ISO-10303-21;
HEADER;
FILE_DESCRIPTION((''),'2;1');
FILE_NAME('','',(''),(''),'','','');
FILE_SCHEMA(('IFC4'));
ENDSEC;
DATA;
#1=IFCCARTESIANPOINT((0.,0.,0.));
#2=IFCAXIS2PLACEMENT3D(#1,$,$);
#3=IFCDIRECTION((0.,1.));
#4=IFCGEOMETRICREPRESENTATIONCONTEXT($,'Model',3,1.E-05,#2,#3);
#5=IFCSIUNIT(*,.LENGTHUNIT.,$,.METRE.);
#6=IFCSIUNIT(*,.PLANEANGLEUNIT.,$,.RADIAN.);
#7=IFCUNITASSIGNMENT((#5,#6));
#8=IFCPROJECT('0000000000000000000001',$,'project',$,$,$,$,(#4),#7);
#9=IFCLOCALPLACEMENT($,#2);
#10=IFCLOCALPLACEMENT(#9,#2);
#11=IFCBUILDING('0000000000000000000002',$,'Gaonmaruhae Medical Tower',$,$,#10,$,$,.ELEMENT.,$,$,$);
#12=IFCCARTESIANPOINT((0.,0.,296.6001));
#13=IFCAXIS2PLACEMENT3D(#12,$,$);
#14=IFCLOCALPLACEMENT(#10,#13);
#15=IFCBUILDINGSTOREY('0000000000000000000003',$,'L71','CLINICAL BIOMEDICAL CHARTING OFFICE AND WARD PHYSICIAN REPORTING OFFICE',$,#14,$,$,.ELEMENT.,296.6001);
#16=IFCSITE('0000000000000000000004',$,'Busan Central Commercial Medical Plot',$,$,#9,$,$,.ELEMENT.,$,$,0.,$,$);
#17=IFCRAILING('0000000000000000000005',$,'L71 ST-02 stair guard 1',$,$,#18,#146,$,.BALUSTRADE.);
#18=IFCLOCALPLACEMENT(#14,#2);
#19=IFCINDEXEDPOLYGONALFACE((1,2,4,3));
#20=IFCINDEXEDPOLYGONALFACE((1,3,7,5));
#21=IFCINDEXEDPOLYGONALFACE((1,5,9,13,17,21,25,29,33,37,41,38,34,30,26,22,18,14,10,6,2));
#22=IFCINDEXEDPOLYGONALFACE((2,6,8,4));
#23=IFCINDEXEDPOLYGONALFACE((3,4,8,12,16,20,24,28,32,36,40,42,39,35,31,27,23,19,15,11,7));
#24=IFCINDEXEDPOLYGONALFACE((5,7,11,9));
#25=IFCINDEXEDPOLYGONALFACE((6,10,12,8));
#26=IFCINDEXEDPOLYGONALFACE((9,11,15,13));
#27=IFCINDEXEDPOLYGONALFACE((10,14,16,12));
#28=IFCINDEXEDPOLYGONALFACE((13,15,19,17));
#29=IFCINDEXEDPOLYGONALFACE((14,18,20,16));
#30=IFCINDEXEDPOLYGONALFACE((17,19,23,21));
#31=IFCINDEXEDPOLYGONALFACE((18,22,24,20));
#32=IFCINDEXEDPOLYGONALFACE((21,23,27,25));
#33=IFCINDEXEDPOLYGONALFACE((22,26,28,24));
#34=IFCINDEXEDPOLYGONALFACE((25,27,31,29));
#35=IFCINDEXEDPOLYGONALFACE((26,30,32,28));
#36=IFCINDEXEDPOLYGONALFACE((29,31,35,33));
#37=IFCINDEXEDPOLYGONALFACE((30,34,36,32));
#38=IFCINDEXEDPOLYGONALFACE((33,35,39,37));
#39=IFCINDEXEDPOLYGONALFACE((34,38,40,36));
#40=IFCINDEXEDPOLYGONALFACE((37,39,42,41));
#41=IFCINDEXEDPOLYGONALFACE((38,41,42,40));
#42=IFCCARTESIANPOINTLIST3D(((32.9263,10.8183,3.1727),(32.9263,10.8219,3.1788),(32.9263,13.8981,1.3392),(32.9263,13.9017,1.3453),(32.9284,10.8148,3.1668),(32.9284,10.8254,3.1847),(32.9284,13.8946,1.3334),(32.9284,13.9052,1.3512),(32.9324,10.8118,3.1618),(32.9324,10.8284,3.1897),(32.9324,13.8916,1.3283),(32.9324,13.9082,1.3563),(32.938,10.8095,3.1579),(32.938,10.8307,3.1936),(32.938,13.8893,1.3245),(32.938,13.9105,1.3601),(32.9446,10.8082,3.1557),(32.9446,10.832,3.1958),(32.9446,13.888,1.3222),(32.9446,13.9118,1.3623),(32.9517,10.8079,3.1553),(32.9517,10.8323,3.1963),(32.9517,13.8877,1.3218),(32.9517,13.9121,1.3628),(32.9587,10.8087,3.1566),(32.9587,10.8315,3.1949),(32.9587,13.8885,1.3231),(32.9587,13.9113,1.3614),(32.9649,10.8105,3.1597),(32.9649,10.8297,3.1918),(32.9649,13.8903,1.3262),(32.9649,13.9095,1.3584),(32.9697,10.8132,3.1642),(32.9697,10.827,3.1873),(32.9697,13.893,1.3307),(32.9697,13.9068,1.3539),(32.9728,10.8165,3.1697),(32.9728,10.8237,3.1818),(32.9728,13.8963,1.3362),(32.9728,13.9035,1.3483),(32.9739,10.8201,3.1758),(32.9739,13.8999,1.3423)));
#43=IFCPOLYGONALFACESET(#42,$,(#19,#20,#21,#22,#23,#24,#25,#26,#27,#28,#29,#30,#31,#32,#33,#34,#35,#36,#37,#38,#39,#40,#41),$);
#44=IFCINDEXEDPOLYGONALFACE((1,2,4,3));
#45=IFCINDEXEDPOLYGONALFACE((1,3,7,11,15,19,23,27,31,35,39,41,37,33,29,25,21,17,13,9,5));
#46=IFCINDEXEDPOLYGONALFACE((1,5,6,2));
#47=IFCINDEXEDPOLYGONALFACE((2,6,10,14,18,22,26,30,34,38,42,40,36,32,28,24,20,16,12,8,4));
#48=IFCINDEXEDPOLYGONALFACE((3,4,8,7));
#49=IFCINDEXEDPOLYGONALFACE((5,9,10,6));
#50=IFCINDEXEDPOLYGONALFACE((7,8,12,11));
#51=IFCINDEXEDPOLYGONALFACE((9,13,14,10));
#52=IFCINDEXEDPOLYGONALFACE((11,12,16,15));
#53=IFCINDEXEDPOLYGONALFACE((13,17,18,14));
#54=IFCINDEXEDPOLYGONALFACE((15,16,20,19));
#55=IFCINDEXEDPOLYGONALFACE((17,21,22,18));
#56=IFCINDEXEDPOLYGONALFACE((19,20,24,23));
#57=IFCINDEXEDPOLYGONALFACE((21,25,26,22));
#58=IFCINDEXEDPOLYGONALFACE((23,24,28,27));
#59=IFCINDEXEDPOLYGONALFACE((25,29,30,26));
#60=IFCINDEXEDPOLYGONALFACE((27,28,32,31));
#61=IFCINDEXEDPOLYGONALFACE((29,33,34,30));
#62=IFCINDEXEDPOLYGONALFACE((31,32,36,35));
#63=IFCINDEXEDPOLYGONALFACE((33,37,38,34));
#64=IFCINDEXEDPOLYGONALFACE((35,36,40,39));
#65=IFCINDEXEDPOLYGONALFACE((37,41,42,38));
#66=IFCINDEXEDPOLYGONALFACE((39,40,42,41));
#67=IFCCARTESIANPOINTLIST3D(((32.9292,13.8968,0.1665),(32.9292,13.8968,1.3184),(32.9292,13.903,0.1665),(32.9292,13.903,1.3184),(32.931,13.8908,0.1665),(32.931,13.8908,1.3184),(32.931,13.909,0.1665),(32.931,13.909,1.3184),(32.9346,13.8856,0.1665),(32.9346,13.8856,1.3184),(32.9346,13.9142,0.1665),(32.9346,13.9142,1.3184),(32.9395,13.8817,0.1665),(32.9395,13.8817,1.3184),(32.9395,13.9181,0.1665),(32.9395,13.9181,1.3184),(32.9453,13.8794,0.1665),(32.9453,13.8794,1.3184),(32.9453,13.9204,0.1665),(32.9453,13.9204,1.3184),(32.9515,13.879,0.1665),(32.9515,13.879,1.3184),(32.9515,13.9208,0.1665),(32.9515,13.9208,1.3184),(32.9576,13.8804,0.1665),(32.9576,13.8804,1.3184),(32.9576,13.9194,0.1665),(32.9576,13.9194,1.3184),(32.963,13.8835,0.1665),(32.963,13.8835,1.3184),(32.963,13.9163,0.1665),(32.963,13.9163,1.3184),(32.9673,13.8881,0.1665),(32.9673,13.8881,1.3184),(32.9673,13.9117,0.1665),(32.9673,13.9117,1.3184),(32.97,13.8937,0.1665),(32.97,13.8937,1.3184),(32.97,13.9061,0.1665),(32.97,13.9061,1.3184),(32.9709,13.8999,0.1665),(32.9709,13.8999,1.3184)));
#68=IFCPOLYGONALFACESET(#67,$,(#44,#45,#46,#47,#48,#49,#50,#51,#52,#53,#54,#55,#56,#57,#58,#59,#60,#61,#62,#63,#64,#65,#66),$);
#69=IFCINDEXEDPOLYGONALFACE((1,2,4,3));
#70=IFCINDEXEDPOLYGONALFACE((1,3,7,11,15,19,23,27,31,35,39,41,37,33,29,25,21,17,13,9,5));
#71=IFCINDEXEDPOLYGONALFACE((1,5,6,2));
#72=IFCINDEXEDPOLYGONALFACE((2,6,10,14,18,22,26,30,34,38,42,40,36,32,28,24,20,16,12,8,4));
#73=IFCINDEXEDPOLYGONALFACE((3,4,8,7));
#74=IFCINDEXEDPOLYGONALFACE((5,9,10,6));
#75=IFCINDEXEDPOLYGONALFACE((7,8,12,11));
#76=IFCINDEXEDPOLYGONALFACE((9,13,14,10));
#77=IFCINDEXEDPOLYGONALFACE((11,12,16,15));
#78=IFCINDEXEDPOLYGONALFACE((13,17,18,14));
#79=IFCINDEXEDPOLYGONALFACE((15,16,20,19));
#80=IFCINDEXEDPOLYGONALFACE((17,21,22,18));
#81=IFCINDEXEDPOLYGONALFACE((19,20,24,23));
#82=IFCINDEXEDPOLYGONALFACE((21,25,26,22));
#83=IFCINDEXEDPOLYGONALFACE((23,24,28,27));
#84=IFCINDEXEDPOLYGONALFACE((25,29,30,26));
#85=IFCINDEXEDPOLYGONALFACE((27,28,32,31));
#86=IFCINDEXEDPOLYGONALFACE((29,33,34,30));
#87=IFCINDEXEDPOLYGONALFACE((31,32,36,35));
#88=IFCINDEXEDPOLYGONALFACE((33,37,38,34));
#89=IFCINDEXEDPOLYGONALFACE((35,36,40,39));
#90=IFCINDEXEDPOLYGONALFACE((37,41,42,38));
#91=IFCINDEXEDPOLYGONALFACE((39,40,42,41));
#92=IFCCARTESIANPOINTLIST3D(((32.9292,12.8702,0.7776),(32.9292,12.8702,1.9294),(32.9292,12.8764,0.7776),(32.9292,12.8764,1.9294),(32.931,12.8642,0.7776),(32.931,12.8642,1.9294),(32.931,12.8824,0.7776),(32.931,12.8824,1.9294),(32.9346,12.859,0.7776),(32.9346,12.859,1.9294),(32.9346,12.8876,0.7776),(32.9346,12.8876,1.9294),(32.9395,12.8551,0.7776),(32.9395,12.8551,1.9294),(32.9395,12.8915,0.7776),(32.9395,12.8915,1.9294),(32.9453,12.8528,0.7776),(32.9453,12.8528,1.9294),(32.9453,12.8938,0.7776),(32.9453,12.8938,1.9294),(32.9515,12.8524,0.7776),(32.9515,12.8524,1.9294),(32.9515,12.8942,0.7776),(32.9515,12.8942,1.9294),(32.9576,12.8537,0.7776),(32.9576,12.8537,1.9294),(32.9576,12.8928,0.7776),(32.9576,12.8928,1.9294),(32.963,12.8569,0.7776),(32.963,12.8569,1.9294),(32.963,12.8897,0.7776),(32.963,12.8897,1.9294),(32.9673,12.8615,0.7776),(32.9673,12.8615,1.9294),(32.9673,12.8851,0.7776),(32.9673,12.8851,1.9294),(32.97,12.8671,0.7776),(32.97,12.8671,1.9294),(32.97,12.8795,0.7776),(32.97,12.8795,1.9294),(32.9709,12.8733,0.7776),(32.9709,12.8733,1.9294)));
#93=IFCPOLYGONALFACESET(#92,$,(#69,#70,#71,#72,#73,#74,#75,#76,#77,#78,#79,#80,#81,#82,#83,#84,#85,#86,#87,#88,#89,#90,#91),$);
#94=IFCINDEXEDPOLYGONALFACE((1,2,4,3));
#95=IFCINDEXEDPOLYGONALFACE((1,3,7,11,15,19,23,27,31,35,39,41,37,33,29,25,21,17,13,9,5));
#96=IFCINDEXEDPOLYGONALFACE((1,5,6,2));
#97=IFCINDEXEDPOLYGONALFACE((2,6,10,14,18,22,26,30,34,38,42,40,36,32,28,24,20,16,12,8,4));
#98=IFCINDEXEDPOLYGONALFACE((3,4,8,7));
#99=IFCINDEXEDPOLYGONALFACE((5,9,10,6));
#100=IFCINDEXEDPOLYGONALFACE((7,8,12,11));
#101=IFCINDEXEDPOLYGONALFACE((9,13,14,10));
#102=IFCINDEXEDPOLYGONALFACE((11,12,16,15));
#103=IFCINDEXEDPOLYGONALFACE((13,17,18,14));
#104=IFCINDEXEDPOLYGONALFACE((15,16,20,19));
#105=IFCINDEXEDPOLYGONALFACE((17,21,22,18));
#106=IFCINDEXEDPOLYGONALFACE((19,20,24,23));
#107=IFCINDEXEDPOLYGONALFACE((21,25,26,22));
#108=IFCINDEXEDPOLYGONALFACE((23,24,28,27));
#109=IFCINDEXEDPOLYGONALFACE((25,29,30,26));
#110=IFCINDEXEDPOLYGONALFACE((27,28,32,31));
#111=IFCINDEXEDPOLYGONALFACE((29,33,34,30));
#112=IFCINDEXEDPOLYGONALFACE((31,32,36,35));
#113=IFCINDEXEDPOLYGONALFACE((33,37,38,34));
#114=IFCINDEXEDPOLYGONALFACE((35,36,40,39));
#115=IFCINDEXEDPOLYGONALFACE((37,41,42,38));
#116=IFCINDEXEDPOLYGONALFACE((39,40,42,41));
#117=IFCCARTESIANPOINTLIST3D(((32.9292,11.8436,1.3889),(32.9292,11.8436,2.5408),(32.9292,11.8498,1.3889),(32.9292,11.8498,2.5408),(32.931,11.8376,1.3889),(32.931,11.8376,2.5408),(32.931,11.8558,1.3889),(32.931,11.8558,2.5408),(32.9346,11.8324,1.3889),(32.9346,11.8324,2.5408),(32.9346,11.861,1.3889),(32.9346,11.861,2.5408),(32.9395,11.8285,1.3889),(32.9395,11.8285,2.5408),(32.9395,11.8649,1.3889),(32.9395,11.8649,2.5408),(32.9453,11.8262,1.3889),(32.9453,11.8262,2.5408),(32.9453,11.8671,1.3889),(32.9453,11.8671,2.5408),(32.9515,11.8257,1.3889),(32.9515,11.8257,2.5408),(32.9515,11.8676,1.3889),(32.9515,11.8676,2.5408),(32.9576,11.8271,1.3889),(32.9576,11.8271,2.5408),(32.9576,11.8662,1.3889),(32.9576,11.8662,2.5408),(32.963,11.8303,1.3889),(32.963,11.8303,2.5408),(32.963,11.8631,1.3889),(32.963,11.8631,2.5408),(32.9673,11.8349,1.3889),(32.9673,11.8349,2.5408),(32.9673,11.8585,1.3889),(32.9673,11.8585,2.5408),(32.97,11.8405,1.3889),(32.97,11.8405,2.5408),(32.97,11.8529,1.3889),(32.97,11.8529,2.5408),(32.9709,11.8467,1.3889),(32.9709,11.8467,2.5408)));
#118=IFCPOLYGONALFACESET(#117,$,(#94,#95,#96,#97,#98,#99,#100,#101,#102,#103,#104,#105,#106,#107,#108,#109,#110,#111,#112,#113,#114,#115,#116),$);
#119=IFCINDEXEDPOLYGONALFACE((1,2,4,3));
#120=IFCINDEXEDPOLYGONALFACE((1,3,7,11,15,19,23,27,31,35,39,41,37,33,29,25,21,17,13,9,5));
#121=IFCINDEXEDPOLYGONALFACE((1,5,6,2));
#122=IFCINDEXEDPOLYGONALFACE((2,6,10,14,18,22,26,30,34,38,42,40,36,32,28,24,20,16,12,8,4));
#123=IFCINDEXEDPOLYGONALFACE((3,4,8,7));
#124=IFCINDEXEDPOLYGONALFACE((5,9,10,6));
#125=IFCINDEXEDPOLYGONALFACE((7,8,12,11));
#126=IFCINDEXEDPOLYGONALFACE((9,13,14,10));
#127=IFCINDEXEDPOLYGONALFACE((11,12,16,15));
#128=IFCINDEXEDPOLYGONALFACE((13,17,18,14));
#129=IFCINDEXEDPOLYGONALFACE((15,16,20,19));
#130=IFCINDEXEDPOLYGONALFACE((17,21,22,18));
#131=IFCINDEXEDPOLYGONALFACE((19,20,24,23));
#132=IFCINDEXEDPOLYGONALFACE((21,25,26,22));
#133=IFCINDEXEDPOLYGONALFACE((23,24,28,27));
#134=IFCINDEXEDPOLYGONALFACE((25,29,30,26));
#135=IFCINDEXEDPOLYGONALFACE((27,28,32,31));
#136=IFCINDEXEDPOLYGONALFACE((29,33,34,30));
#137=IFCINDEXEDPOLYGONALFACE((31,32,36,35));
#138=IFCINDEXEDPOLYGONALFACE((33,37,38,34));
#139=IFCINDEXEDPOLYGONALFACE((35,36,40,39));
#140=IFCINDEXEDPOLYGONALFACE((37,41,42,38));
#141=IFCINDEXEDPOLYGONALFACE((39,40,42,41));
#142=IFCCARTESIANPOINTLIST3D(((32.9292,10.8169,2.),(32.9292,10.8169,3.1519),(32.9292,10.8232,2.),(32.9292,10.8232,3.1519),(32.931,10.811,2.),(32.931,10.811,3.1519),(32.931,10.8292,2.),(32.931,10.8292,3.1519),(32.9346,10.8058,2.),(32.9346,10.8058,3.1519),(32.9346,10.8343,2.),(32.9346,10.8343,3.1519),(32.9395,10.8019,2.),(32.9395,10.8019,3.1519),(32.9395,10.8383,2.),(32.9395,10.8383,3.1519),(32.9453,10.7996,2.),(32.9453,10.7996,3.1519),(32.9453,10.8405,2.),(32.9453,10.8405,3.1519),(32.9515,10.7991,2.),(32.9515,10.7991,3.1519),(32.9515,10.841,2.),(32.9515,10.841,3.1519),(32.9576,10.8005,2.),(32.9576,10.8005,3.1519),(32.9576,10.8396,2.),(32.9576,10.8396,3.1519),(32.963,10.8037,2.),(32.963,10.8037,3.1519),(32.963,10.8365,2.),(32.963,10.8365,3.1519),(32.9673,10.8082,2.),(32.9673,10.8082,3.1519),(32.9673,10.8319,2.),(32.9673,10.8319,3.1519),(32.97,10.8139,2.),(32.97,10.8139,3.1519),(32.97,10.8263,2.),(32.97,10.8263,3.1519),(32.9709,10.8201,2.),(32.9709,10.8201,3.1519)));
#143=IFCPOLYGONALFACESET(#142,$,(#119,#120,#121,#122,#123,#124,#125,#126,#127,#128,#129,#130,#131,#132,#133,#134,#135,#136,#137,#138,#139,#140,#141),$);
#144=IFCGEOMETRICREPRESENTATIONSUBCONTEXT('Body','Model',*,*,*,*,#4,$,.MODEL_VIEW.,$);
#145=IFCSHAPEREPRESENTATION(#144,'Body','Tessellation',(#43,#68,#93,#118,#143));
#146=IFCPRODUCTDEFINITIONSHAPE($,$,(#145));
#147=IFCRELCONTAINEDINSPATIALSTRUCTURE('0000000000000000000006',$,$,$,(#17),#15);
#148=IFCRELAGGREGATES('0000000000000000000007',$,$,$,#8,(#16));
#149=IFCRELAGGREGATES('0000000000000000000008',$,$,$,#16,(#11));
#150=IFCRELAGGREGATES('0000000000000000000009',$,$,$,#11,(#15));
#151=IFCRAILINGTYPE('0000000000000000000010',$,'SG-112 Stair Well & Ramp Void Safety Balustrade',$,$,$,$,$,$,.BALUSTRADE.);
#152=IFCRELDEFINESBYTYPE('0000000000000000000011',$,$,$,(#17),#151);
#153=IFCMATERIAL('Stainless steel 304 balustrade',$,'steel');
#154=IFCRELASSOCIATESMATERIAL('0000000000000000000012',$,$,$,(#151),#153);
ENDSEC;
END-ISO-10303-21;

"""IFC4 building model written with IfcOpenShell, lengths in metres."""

from ifc_helpers import new_model, si_unit, direction, frame, origin, origin_2d, place, context, subcontext, project, spatial, circle, extrude, material, type_object, element, save


model = new_model("IFC4")

# Units and contexts
model_context = context("Model", 3, precision=1e-05, world=origin(), true_north=direction((0.0, 1.0)))
body_context = subcontext(model_context, "Body", "Model", "MODEL_VIEW")
ifc_project = project(units=[si_unit("LENGTHUNIT", "METRE"), si_unit("PLANEANGLEUNIT", "RADIAN")], contexts=[model_context])

# Site, building, storey
site_placement = place(None, origin())
site = spatial("IfcSite", under=ifc_project, at=site_placement, Name="Busan Central Commercial Medical Plot", CompositionType="ELEMENT", RefElevation=0.0)
building_placement = place(site_placement, origin())
building = spatial("IfcBuilding", under=site, at=building_placement, Name="Gaonmaruhae Medical Tower", CompositionType="ELEMENT")
storey_placement = place(building_placement, frame((0.0, 0.0, 296.6001)))
storey = spatial("IfcBuildingStorey", under=building, at=storey_placement, Name="L71", Description="CLINICAL BIOMEDICAL CHARTING OFFICE AND WARD PHYSICIAN REPORTING OFFICE", CompositionType="ELEMENT", Elevation=296.6001)

# Railing
ifc_material_1 = material(Name="Stainless steel 304 balustrade", Category="steel")
railing_type_1 = type_object("IfcRailingType", Name="SG-112 Stair Well & Ramp Void Safety Balustrade", PredefinedType="BALUSTRADE", material=ifc_material_1)
railing_1_placement = place(storey_placement, frame((32.95, 13.8999, 0.1665)))
element("IfcRailing", 1, at=railing_1_placement, inside=storey, type_object=railing_type_1, Name="L71 ST-02 stair guard 1", PredefinedType="BALUSTRADE", context=body_context, shape_type="SweptSolid", body=[
    extrude(circle(Radius=0.0239, at=origin_2d()), frame((0.0, 0.0, 1.1758), z_axis=(0.0, -0.859261, 0.511538), x_axis=(1.0, 0.0, 0.0)), (0.0, 0.0, 1.0), 3.5842),
    extrude(circle(Radius=0.021, at=origin_2d()), origin(), (0.0, 0.0, 1.0), 1.1519),
    extrude(circle(Radius=0.021, at=origin_2d()), frame((0.0, -1.0266, 0.6111)), (0.0, 0.0, 1.0), 1.1519),
    extrude(circle(Radius=0.021, at=origin_2d()), frame((0.0, -2.0532, 1.2224)), (0.0, 0.0, 1.0), 1.1519),
    extrude(circle(Radius=0.021, at=origin_2d()), frame((0.0, -3.0798, 1.8335)), (0.0, 0.0, 1.0), 1.1519),
])

save(model, "model.ifc")
